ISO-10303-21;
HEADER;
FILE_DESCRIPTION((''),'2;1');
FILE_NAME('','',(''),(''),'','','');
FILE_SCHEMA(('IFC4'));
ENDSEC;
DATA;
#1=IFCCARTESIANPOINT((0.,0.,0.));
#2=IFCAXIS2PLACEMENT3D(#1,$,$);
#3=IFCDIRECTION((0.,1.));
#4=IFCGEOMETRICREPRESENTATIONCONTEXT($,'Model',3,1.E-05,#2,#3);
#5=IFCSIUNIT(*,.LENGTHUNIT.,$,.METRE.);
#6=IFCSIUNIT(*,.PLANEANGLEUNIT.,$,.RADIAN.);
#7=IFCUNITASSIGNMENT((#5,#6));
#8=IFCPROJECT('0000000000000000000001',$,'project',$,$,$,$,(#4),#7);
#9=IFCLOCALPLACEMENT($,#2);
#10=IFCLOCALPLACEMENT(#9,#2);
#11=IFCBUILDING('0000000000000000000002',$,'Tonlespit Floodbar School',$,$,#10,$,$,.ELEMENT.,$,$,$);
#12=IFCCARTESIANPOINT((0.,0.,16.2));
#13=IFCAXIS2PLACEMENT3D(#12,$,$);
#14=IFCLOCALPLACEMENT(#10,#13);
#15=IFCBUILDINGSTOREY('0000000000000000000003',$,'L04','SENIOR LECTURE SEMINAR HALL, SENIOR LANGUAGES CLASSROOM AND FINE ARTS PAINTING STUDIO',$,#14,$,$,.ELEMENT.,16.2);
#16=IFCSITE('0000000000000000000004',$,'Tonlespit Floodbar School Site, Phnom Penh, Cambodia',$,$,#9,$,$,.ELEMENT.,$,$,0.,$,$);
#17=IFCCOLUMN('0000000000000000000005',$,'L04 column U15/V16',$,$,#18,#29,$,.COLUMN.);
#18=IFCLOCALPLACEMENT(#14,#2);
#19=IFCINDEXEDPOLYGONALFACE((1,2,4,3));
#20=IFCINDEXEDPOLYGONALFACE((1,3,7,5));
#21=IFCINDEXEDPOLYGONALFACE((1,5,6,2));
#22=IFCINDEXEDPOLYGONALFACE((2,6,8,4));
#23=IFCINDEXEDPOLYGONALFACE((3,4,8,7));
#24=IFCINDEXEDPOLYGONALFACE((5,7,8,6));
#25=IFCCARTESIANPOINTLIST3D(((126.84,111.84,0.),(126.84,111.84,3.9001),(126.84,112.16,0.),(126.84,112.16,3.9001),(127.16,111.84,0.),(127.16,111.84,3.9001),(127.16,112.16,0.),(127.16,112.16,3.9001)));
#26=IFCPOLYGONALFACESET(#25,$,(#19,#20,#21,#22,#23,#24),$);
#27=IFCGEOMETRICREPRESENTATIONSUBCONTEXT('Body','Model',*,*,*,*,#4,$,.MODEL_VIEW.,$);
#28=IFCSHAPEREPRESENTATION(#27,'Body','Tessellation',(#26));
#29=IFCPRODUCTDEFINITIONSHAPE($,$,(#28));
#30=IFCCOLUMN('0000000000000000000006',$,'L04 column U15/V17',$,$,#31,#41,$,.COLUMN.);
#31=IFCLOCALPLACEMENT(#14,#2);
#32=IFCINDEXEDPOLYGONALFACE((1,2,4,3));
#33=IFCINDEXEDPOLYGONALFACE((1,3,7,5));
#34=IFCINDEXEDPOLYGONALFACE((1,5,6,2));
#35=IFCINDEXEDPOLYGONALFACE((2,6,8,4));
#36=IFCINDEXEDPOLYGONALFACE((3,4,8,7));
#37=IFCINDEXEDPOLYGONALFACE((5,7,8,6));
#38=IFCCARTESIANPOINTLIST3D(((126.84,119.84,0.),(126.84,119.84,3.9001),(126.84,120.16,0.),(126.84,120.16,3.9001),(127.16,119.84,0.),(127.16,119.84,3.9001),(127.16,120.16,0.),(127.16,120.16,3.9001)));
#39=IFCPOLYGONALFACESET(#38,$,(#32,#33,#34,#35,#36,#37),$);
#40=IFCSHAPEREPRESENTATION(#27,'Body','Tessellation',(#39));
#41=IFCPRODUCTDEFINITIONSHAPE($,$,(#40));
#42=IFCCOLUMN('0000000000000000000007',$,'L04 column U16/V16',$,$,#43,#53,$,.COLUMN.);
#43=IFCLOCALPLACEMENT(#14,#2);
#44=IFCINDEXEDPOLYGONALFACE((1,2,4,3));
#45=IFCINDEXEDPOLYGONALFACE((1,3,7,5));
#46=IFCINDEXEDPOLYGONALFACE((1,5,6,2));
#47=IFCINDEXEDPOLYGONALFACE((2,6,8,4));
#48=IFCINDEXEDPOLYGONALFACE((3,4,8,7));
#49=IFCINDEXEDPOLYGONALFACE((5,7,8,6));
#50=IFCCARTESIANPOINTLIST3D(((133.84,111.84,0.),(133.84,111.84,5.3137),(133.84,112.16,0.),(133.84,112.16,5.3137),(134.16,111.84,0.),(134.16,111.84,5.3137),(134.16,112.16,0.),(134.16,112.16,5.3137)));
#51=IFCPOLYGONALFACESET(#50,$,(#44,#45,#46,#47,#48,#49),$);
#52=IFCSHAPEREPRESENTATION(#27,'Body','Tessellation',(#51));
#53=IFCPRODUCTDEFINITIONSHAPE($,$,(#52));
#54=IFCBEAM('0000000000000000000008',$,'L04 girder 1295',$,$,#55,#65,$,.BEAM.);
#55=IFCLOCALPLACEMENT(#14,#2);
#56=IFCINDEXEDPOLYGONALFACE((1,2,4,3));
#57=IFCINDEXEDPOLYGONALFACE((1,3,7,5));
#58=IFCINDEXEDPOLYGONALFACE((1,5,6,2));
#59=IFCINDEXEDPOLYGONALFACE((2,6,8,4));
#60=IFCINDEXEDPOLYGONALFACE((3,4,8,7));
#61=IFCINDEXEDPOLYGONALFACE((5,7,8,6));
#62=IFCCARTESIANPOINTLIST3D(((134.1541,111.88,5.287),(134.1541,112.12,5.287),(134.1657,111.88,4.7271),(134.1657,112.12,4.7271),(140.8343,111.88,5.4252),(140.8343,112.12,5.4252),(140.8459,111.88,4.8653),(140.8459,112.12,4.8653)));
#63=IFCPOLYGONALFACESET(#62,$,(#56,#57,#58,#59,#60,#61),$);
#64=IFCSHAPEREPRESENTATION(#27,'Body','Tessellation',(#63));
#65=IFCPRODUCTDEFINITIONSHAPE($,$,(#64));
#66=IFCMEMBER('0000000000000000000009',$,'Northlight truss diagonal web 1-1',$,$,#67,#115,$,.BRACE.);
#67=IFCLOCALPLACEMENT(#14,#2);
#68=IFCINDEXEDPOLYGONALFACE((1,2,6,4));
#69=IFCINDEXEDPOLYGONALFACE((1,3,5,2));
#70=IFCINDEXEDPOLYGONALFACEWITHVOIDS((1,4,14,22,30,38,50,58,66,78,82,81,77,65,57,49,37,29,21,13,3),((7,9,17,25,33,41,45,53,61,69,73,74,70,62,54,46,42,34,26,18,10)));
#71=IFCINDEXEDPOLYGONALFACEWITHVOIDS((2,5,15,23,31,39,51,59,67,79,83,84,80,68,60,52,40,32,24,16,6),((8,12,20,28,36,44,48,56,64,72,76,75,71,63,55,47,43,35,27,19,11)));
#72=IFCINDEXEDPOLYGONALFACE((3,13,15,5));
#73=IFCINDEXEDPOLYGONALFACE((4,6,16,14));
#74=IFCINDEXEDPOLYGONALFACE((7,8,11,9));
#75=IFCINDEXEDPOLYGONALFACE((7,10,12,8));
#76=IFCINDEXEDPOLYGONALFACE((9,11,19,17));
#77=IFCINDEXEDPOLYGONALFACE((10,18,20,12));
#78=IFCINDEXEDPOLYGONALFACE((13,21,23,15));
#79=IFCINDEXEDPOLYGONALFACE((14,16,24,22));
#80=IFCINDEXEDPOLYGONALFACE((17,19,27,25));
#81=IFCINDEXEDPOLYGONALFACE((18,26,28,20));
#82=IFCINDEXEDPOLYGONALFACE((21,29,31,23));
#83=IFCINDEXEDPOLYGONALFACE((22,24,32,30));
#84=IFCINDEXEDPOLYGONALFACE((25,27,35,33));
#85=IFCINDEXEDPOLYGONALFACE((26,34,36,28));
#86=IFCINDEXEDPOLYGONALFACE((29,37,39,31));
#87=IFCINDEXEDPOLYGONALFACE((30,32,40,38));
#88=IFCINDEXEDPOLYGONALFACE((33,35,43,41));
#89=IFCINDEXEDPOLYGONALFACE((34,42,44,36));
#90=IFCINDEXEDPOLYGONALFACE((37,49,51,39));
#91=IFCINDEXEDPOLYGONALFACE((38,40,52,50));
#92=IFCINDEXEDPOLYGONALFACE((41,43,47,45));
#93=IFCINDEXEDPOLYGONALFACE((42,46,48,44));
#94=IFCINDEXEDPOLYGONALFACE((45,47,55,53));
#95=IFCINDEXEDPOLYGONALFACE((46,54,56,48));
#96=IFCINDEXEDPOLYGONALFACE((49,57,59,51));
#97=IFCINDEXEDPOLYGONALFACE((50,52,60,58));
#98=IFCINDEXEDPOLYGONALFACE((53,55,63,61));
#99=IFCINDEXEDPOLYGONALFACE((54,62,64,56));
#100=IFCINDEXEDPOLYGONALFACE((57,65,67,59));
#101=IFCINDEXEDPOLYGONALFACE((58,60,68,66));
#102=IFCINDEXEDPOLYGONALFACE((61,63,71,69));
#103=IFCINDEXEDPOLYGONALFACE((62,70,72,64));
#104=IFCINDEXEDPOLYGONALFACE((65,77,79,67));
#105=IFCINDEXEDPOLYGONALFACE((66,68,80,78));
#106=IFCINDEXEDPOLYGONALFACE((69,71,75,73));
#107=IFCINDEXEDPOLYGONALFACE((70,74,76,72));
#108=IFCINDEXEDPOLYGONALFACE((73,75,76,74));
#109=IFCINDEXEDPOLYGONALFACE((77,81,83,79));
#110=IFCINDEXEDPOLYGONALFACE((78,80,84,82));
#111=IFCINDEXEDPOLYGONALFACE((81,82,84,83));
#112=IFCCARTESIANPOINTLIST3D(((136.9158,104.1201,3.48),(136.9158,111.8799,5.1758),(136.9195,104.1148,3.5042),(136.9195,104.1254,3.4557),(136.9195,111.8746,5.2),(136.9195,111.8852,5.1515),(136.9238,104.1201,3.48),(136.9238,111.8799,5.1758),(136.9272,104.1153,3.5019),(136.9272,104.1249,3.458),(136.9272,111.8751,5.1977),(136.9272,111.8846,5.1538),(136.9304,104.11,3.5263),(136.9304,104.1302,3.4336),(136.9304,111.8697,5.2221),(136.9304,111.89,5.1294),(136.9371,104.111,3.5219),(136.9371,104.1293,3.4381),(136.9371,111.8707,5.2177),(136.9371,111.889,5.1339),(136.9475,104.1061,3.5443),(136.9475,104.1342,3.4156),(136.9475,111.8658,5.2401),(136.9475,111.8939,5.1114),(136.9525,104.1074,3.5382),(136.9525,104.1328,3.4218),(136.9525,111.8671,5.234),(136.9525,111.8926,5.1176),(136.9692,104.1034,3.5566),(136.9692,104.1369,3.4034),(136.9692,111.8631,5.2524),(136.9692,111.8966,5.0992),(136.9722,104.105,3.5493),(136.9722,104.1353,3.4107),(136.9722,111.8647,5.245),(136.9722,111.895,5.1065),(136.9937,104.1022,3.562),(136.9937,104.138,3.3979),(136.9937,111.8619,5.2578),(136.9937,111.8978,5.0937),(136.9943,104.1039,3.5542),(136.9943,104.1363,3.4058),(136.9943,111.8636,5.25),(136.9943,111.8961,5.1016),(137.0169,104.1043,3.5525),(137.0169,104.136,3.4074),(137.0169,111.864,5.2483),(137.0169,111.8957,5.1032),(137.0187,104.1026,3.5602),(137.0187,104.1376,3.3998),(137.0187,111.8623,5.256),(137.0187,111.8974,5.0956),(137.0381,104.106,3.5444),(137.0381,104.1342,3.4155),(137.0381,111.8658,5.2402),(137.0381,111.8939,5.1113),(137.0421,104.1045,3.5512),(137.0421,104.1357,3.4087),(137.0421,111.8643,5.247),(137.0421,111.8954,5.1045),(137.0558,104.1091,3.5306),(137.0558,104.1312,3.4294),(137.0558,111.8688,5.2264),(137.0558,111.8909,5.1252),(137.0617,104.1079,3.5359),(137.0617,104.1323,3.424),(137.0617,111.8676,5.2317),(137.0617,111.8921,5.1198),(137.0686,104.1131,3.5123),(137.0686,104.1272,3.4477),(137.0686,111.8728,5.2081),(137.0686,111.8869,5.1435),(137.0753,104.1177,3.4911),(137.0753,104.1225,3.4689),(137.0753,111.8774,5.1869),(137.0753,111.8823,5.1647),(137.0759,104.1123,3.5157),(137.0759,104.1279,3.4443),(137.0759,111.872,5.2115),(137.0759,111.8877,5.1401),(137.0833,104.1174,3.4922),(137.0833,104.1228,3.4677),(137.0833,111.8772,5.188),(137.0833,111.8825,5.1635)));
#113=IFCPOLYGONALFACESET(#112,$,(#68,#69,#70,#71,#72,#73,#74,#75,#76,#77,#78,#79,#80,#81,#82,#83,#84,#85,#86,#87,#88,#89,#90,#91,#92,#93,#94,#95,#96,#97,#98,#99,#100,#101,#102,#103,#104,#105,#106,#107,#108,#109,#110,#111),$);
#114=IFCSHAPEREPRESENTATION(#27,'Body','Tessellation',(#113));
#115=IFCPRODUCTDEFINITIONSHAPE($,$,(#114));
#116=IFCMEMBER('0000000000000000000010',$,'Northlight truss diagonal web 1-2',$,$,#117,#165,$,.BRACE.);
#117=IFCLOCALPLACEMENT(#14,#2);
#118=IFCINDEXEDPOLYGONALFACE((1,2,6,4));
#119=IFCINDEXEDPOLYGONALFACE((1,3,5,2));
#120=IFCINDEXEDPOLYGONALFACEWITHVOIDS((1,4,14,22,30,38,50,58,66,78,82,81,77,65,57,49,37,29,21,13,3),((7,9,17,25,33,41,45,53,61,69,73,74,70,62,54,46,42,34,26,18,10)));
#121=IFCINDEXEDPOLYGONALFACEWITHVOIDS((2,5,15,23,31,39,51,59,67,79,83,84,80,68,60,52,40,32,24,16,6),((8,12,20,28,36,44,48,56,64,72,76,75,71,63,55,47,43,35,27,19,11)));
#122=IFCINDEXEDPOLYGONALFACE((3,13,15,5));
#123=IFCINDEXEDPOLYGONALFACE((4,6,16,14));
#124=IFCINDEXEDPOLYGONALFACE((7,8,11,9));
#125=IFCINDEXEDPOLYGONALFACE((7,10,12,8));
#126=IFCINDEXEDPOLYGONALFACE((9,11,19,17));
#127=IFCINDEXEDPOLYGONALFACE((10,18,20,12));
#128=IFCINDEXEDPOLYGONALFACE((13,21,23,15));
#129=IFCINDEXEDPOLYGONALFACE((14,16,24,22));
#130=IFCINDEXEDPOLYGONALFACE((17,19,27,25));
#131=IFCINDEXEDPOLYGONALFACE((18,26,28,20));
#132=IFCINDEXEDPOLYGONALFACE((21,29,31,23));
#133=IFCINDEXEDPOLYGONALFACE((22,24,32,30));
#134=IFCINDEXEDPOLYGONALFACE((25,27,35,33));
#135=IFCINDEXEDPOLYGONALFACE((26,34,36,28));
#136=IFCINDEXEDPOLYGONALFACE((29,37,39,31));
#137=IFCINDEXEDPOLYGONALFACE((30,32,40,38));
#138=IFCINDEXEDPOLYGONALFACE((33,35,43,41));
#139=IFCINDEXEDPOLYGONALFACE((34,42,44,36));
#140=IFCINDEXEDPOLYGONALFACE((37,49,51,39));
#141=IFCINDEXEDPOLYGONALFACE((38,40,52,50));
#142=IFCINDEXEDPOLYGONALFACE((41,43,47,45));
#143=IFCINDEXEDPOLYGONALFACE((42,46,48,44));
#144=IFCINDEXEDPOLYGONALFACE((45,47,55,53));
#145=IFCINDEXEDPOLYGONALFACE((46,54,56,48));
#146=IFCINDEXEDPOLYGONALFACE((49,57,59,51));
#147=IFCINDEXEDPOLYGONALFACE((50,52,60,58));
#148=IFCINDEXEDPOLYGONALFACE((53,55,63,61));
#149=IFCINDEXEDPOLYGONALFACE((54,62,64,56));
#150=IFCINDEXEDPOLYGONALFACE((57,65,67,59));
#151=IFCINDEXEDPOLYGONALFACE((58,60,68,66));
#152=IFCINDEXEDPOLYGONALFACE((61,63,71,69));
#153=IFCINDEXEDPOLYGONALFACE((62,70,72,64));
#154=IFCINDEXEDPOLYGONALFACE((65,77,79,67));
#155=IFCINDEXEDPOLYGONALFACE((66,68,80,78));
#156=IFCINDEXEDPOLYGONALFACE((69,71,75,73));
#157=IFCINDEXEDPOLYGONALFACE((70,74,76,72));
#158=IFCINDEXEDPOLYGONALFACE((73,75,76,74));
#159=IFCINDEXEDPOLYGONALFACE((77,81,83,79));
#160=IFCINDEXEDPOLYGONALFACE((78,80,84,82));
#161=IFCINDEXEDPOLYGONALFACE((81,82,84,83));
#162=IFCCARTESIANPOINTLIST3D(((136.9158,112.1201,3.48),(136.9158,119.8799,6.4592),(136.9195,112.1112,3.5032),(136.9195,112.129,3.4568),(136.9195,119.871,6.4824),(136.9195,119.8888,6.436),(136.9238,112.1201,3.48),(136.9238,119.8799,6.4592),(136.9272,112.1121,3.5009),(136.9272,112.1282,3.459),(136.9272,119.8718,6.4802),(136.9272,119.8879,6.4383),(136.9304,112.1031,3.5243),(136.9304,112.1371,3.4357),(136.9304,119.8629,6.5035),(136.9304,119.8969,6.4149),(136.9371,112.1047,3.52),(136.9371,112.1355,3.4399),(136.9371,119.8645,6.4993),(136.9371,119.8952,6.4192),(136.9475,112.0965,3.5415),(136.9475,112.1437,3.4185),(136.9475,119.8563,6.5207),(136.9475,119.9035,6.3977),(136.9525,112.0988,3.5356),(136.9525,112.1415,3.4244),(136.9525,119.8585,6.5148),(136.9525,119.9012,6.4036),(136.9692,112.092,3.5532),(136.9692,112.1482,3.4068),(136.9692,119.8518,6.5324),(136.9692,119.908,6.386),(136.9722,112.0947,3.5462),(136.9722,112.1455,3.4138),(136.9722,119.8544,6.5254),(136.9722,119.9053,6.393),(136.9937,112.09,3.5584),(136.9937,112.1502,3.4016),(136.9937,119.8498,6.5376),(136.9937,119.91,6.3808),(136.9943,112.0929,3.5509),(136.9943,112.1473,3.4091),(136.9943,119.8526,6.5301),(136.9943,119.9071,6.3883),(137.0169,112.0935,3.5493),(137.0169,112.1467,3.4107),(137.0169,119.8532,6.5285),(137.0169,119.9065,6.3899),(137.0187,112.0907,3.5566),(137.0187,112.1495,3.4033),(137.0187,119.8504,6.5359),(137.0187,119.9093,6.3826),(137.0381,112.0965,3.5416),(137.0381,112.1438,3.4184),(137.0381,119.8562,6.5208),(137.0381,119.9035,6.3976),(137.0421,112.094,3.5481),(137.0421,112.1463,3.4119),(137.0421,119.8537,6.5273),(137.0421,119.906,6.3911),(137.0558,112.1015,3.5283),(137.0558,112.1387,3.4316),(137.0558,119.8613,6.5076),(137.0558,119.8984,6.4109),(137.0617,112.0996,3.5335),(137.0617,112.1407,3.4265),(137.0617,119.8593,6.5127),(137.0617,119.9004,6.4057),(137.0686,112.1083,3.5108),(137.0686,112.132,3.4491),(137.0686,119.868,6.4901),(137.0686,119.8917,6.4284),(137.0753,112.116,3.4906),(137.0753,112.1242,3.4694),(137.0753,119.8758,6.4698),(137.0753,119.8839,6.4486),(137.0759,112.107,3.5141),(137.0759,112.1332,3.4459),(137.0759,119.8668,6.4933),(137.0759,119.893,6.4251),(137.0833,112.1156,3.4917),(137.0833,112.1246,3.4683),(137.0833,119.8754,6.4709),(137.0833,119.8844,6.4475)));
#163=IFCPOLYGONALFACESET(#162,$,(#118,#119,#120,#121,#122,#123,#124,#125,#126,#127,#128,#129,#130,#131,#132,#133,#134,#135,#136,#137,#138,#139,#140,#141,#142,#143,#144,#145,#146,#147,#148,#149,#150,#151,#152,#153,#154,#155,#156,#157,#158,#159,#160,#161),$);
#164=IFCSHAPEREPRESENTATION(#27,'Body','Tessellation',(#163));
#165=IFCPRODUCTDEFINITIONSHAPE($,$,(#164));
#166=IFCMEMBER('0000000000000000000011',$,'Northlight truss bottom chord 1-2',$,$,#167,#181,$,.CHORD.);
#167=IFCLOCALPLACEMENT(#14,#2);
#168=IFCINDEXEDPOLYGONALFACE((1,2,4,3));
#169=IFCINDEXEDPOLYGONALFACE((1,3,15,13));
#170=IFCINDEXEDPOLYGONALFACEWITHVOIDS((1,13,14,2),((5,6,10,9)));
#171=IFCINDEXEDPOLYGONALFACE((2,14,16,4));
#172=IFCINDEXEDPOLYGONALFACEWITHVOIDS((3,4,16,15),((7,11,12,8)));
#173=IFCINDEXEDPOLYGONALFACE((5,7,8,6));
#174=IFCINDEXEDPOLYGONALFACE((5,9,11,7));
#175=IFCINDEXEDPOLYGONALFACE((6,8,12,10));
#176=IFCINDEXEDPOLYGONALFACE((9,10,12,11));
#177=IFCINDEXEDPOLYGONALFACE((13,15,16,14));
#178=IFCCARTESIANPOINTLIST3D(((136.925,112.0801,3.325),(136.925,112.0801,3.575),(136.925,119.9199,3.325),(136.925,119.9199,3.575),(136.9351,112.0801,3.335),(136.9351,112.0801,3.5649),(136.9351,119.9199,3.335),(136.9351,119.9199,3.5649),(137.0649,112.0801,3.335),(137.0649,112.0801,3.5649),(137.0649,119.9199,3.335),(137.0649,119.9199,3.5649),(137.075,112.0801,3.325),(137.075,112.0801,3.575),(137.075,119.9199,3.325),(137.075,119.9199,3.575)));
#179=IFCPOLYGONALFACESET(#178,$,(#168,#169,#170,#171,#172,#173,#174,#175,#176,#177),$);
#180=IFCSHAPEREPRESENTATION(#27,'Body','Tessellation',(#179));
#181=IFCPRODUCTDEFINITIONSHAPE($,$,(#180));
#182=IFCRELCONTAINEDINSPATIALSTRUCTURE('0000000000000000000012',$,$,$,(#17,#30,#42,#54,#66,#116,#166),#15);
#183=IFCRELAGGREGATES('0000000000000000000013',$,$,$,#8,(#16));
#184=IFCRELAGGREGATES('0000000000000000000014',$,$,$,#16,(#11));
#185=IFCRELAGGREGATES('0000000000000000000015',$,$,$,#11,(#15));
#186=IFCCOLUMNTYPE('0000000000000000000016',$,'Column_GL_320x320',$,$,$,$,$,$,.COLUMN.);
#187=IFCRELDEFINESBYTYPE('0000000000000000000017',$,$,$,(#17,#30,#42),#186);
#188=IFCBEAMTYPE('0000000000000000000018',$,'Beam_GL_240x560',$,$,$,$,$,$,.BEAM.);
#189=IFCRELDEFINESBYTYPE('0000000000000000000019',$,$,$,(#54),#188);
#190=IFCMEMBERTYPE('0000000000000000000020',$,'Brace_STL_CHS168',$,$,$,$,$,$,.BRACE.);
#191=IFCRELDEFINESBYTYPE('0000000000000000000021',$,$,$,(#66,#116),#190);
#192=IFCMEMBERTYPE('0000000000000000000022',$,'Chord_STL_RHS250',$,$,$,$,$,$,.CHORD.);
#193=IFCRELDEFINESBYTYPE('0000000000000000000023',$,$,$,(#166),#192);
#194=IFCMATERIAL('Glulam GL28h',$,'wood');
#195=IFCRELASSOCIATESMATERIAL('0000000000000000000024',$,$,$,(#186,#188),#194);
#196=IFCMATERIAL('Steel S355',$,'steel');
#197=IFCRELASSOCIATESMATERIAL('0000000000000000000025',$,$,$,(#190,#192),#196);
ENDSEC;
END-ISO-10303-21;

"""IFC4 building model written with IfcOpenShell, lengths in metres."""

from ifc_helpers import new_model, si_unit, direction, frame, origin, origin_2d, place, context, subcontext, project, spatial, rectangle, hollow_rectangle, hollow_circle, extrude, material, material_profile, profile_set, type_object, element, save


model = new_model("IFC4")

# Units and contexts
model_context = context("Model", 3, precision=1e-05, world=origin(), true_north=direction((0.0, 1.0)))
body_context = subcontext(model_context, "Body", "Model", "MODEL_VIEW")
ifc_project = project(units=[si_unit("LENGTHUNIT", "METRE"), si_unit("PLANEANGLEUNIT", "RADIAN")], contexts=[model_context])

# Site, building, storey
site_placement = place(None, origin())
site = spatial("IfcSite", under=ifc_project, at=site_placement, Name="Tonlespit Floodbar School Site, Phnom Penh, Cambodia", CompositionType="ELEMENT", RefElevation=0.0)
building_placement = place(site_placement, origin())
building = spatial("IfcBuilding", under=site, at=building_placement, Name="Tonlespit Floodbar School", CompositionType="ELEMENT")
storey_placement = place(building_placement, frame((0.0, 0.0, 16.2)))
storey = spatial("IfcBuildingStorey", under=building, at=storey_placement, Name="L04", Description="SENIOR LECTURE SEMINAR HALL, SENIOR LANGUAGES CLASSROOM AND FINE ARTS PAINTING STUDIO", CompositionType="ELEMENT", Elevation=16.2)

# Columns
ifc_material_1 = material(Name="Glulam GL28h", Category="wood")
ifc_material_profile_1 = material_profile(ifc_material_1, rectangle(XDim=0.3201, YDim=0.3201, at=origin_2d()), Name="GL 320x320")
ifc_profile_set_1 = profile_set([ifc_material_profile_1], Name="Glulam GL28h")
column_type = type_object("IfcColumnType", Name="Column_GL_320x320", PredefinedType="COLUMN", material=ifc_profile_set_1)
for number, where, z_axis, x_axis, name in (
    (1, (127.0, 112.0, 0.0), (0.0, 0.0, 1.0), (1.0, 0.0, 0.0), "L04 column U15/V16"),
    (2, (127.0, 120.0, 0.0), (0.0, 0.0, 1.0), (1.0, 0.0, 0.0), "L04 column U15/V17"),
):
    element("IfcColumn", number, at=place(storey_placement, frame(where, z_axis=z_axis, x_axis=x_axis)), inside=storey, type_object=column_type, Name=name, PredefinedType="COLUMN", context=body_context, shape_type="SweptSolid", body=[
        extrude(rectangle(XDim=0.3201, YDim=0.3201, at=origin_2d()), origin(), (0.0, 0.0, 1.0), 3.9001),
    ])
column_placement = place(storey_placement, frame((134.0, 112.0, 0.0), z_axis=(0.0, 0.0, 1.0), x_axis=(1.0, 0.0, 0.0)))
element("IfcColumn", 3, at=column_placement, inside=storey, type_object=column_type, Name="L04 column U16/V16", PredefinedType="COLUMN", context=body_context, shape_type="SweptSolid", body=[
    extrude(rectangle(XDim=0.3201, YDim=0.3201, at=origin_2d()), origin(), (0.0, 0.0, 1.0), 5.3137),
])

# Beam
ifc_material_profile_2 = material_profile(ifc_material_1, rectangle(XDim=0.24, YDim=0.5601, at=origin_2d()), Name="GL 240x560")
ifc_profile_set_2 = profile_set([ifc_material_profile_2], Name="Glulam GL28h")
beam_type_1 = type_object("IfcBeamType", Name="Beam_GL_240x560", PredefinedType="BEAM", material=ifc_profile_set_2)
beam_1_placement = place(storey_placement, frame((134.1599, 112.0, 5.0071), z_axis=(0.999786, 0.0, 0.020681), x_axis=(0.0, 1.0, 0.0)))
element("IfcBeam", 4, at=beam_1_placement, inside=storey, type_object=beam_type_1, Name="L04 girder 1295", PredefinedType="BEAM", context=body_context, shape_type="SweptSolid", body=[
    extrude(rectangle(XDim=0.24, YDim=0.5601, at=origin_2d()), origin(), (0.0, 0.0, 1.0), 6.6816),
])

# Members
ifc_material_2 = material(Name="Steel S355", Category="steel")
ifc_material_profile_3 = material_profile(ifc_material_2, hollow_circle(Radius=0.0842, WallThickness=0.0081, at=origin_2d()), Name="CHS 168.3x8")
ifc_profile_set_3 = profile_set([ifc_material_profile_3], Name="Steel S355")
member_type_1 = type_object("IfcMemberType", Name="Brace_STL_CHS168", PredefinedType="BRACE", material=ifc_profile_set_3)
member_1_placement = place(storey_placement, frame((137.0, 104.1201, 3.48), z_axis=(0.0, 0.976943, 0.213499), x_axis=(-1.0, 0.0, 0.0)))
element("IfcMember", 5, at=member_1_placement, inside=storey, type_object=member_type_1, Name="Northlight truss diagonal web 1-1", PredefinedType="BRACE", context=body_context, shape_type="SweptSolid", body=[
    extrude(hollow_circle(Radius=0.0842, WallThickness=0.0081, at=origin_2d()), origin(), (0.0, 0.0, 1.0), 7.9429),
])
member_2_placement = place(storey_placement, frame((137.0, 112.1201, 3.48), z_axis=(0.0, 0.933558, 0.358426), x_axis=(-1.0, 0.0, 0.0)))
element("IfcMember", 6, at=member_2_placement, inside=storey, type_object=member_type_1, Name="Northlight truss diagonal web 1-2", PredefinedType="BRACE", context=body_context, shape_type="SweptSolid", body=[
    extrude(hollow_circle(Radius=0.0842, WallThickness=0.0081, at=origin_2d()), origin(), (0.0, 0.0, 1.0), 8.312),
])
ifc_material_profile_4 = material_profile(ifc_material_2, hollow_rectangle(XDim=0.1499, YDim=0.25, WallThickness=0.01, at=origin_2d()), Name="RHS 250x150x10")
ifc_profile_set_4 = profile_set([ifc_material_profile_4], Name="Steel S355")
member_type_2 = type_object("IfcMemberType", Name="Chord_STL_RHS250", PredefinedType="CHORD", material=ifc_profile_set_4)
member_3_placement = place(storey_placement, frame((137.0, 112.0801, 3.45), z_axis=(0.0, 1.0, 0.0), x_axis=(-1.0, 0.0, 0.0)))
element("IfcMember", 7, at=member_3_placement, inside=storey, type_object=member_type_2, Name="Northlight truss bottom chord 1-2", PredefinedType="CHORD", context=body_context, shape_type="SweptSolid", body=[
    extrude(hollow_rectangle(XDim=0.1499, YDim=0.25, WallThickness=0.01, at=origin_2d()), origin(), (0.0, 0.0, 1.0), 7.8398),
])

save(model, "model.ifc")
